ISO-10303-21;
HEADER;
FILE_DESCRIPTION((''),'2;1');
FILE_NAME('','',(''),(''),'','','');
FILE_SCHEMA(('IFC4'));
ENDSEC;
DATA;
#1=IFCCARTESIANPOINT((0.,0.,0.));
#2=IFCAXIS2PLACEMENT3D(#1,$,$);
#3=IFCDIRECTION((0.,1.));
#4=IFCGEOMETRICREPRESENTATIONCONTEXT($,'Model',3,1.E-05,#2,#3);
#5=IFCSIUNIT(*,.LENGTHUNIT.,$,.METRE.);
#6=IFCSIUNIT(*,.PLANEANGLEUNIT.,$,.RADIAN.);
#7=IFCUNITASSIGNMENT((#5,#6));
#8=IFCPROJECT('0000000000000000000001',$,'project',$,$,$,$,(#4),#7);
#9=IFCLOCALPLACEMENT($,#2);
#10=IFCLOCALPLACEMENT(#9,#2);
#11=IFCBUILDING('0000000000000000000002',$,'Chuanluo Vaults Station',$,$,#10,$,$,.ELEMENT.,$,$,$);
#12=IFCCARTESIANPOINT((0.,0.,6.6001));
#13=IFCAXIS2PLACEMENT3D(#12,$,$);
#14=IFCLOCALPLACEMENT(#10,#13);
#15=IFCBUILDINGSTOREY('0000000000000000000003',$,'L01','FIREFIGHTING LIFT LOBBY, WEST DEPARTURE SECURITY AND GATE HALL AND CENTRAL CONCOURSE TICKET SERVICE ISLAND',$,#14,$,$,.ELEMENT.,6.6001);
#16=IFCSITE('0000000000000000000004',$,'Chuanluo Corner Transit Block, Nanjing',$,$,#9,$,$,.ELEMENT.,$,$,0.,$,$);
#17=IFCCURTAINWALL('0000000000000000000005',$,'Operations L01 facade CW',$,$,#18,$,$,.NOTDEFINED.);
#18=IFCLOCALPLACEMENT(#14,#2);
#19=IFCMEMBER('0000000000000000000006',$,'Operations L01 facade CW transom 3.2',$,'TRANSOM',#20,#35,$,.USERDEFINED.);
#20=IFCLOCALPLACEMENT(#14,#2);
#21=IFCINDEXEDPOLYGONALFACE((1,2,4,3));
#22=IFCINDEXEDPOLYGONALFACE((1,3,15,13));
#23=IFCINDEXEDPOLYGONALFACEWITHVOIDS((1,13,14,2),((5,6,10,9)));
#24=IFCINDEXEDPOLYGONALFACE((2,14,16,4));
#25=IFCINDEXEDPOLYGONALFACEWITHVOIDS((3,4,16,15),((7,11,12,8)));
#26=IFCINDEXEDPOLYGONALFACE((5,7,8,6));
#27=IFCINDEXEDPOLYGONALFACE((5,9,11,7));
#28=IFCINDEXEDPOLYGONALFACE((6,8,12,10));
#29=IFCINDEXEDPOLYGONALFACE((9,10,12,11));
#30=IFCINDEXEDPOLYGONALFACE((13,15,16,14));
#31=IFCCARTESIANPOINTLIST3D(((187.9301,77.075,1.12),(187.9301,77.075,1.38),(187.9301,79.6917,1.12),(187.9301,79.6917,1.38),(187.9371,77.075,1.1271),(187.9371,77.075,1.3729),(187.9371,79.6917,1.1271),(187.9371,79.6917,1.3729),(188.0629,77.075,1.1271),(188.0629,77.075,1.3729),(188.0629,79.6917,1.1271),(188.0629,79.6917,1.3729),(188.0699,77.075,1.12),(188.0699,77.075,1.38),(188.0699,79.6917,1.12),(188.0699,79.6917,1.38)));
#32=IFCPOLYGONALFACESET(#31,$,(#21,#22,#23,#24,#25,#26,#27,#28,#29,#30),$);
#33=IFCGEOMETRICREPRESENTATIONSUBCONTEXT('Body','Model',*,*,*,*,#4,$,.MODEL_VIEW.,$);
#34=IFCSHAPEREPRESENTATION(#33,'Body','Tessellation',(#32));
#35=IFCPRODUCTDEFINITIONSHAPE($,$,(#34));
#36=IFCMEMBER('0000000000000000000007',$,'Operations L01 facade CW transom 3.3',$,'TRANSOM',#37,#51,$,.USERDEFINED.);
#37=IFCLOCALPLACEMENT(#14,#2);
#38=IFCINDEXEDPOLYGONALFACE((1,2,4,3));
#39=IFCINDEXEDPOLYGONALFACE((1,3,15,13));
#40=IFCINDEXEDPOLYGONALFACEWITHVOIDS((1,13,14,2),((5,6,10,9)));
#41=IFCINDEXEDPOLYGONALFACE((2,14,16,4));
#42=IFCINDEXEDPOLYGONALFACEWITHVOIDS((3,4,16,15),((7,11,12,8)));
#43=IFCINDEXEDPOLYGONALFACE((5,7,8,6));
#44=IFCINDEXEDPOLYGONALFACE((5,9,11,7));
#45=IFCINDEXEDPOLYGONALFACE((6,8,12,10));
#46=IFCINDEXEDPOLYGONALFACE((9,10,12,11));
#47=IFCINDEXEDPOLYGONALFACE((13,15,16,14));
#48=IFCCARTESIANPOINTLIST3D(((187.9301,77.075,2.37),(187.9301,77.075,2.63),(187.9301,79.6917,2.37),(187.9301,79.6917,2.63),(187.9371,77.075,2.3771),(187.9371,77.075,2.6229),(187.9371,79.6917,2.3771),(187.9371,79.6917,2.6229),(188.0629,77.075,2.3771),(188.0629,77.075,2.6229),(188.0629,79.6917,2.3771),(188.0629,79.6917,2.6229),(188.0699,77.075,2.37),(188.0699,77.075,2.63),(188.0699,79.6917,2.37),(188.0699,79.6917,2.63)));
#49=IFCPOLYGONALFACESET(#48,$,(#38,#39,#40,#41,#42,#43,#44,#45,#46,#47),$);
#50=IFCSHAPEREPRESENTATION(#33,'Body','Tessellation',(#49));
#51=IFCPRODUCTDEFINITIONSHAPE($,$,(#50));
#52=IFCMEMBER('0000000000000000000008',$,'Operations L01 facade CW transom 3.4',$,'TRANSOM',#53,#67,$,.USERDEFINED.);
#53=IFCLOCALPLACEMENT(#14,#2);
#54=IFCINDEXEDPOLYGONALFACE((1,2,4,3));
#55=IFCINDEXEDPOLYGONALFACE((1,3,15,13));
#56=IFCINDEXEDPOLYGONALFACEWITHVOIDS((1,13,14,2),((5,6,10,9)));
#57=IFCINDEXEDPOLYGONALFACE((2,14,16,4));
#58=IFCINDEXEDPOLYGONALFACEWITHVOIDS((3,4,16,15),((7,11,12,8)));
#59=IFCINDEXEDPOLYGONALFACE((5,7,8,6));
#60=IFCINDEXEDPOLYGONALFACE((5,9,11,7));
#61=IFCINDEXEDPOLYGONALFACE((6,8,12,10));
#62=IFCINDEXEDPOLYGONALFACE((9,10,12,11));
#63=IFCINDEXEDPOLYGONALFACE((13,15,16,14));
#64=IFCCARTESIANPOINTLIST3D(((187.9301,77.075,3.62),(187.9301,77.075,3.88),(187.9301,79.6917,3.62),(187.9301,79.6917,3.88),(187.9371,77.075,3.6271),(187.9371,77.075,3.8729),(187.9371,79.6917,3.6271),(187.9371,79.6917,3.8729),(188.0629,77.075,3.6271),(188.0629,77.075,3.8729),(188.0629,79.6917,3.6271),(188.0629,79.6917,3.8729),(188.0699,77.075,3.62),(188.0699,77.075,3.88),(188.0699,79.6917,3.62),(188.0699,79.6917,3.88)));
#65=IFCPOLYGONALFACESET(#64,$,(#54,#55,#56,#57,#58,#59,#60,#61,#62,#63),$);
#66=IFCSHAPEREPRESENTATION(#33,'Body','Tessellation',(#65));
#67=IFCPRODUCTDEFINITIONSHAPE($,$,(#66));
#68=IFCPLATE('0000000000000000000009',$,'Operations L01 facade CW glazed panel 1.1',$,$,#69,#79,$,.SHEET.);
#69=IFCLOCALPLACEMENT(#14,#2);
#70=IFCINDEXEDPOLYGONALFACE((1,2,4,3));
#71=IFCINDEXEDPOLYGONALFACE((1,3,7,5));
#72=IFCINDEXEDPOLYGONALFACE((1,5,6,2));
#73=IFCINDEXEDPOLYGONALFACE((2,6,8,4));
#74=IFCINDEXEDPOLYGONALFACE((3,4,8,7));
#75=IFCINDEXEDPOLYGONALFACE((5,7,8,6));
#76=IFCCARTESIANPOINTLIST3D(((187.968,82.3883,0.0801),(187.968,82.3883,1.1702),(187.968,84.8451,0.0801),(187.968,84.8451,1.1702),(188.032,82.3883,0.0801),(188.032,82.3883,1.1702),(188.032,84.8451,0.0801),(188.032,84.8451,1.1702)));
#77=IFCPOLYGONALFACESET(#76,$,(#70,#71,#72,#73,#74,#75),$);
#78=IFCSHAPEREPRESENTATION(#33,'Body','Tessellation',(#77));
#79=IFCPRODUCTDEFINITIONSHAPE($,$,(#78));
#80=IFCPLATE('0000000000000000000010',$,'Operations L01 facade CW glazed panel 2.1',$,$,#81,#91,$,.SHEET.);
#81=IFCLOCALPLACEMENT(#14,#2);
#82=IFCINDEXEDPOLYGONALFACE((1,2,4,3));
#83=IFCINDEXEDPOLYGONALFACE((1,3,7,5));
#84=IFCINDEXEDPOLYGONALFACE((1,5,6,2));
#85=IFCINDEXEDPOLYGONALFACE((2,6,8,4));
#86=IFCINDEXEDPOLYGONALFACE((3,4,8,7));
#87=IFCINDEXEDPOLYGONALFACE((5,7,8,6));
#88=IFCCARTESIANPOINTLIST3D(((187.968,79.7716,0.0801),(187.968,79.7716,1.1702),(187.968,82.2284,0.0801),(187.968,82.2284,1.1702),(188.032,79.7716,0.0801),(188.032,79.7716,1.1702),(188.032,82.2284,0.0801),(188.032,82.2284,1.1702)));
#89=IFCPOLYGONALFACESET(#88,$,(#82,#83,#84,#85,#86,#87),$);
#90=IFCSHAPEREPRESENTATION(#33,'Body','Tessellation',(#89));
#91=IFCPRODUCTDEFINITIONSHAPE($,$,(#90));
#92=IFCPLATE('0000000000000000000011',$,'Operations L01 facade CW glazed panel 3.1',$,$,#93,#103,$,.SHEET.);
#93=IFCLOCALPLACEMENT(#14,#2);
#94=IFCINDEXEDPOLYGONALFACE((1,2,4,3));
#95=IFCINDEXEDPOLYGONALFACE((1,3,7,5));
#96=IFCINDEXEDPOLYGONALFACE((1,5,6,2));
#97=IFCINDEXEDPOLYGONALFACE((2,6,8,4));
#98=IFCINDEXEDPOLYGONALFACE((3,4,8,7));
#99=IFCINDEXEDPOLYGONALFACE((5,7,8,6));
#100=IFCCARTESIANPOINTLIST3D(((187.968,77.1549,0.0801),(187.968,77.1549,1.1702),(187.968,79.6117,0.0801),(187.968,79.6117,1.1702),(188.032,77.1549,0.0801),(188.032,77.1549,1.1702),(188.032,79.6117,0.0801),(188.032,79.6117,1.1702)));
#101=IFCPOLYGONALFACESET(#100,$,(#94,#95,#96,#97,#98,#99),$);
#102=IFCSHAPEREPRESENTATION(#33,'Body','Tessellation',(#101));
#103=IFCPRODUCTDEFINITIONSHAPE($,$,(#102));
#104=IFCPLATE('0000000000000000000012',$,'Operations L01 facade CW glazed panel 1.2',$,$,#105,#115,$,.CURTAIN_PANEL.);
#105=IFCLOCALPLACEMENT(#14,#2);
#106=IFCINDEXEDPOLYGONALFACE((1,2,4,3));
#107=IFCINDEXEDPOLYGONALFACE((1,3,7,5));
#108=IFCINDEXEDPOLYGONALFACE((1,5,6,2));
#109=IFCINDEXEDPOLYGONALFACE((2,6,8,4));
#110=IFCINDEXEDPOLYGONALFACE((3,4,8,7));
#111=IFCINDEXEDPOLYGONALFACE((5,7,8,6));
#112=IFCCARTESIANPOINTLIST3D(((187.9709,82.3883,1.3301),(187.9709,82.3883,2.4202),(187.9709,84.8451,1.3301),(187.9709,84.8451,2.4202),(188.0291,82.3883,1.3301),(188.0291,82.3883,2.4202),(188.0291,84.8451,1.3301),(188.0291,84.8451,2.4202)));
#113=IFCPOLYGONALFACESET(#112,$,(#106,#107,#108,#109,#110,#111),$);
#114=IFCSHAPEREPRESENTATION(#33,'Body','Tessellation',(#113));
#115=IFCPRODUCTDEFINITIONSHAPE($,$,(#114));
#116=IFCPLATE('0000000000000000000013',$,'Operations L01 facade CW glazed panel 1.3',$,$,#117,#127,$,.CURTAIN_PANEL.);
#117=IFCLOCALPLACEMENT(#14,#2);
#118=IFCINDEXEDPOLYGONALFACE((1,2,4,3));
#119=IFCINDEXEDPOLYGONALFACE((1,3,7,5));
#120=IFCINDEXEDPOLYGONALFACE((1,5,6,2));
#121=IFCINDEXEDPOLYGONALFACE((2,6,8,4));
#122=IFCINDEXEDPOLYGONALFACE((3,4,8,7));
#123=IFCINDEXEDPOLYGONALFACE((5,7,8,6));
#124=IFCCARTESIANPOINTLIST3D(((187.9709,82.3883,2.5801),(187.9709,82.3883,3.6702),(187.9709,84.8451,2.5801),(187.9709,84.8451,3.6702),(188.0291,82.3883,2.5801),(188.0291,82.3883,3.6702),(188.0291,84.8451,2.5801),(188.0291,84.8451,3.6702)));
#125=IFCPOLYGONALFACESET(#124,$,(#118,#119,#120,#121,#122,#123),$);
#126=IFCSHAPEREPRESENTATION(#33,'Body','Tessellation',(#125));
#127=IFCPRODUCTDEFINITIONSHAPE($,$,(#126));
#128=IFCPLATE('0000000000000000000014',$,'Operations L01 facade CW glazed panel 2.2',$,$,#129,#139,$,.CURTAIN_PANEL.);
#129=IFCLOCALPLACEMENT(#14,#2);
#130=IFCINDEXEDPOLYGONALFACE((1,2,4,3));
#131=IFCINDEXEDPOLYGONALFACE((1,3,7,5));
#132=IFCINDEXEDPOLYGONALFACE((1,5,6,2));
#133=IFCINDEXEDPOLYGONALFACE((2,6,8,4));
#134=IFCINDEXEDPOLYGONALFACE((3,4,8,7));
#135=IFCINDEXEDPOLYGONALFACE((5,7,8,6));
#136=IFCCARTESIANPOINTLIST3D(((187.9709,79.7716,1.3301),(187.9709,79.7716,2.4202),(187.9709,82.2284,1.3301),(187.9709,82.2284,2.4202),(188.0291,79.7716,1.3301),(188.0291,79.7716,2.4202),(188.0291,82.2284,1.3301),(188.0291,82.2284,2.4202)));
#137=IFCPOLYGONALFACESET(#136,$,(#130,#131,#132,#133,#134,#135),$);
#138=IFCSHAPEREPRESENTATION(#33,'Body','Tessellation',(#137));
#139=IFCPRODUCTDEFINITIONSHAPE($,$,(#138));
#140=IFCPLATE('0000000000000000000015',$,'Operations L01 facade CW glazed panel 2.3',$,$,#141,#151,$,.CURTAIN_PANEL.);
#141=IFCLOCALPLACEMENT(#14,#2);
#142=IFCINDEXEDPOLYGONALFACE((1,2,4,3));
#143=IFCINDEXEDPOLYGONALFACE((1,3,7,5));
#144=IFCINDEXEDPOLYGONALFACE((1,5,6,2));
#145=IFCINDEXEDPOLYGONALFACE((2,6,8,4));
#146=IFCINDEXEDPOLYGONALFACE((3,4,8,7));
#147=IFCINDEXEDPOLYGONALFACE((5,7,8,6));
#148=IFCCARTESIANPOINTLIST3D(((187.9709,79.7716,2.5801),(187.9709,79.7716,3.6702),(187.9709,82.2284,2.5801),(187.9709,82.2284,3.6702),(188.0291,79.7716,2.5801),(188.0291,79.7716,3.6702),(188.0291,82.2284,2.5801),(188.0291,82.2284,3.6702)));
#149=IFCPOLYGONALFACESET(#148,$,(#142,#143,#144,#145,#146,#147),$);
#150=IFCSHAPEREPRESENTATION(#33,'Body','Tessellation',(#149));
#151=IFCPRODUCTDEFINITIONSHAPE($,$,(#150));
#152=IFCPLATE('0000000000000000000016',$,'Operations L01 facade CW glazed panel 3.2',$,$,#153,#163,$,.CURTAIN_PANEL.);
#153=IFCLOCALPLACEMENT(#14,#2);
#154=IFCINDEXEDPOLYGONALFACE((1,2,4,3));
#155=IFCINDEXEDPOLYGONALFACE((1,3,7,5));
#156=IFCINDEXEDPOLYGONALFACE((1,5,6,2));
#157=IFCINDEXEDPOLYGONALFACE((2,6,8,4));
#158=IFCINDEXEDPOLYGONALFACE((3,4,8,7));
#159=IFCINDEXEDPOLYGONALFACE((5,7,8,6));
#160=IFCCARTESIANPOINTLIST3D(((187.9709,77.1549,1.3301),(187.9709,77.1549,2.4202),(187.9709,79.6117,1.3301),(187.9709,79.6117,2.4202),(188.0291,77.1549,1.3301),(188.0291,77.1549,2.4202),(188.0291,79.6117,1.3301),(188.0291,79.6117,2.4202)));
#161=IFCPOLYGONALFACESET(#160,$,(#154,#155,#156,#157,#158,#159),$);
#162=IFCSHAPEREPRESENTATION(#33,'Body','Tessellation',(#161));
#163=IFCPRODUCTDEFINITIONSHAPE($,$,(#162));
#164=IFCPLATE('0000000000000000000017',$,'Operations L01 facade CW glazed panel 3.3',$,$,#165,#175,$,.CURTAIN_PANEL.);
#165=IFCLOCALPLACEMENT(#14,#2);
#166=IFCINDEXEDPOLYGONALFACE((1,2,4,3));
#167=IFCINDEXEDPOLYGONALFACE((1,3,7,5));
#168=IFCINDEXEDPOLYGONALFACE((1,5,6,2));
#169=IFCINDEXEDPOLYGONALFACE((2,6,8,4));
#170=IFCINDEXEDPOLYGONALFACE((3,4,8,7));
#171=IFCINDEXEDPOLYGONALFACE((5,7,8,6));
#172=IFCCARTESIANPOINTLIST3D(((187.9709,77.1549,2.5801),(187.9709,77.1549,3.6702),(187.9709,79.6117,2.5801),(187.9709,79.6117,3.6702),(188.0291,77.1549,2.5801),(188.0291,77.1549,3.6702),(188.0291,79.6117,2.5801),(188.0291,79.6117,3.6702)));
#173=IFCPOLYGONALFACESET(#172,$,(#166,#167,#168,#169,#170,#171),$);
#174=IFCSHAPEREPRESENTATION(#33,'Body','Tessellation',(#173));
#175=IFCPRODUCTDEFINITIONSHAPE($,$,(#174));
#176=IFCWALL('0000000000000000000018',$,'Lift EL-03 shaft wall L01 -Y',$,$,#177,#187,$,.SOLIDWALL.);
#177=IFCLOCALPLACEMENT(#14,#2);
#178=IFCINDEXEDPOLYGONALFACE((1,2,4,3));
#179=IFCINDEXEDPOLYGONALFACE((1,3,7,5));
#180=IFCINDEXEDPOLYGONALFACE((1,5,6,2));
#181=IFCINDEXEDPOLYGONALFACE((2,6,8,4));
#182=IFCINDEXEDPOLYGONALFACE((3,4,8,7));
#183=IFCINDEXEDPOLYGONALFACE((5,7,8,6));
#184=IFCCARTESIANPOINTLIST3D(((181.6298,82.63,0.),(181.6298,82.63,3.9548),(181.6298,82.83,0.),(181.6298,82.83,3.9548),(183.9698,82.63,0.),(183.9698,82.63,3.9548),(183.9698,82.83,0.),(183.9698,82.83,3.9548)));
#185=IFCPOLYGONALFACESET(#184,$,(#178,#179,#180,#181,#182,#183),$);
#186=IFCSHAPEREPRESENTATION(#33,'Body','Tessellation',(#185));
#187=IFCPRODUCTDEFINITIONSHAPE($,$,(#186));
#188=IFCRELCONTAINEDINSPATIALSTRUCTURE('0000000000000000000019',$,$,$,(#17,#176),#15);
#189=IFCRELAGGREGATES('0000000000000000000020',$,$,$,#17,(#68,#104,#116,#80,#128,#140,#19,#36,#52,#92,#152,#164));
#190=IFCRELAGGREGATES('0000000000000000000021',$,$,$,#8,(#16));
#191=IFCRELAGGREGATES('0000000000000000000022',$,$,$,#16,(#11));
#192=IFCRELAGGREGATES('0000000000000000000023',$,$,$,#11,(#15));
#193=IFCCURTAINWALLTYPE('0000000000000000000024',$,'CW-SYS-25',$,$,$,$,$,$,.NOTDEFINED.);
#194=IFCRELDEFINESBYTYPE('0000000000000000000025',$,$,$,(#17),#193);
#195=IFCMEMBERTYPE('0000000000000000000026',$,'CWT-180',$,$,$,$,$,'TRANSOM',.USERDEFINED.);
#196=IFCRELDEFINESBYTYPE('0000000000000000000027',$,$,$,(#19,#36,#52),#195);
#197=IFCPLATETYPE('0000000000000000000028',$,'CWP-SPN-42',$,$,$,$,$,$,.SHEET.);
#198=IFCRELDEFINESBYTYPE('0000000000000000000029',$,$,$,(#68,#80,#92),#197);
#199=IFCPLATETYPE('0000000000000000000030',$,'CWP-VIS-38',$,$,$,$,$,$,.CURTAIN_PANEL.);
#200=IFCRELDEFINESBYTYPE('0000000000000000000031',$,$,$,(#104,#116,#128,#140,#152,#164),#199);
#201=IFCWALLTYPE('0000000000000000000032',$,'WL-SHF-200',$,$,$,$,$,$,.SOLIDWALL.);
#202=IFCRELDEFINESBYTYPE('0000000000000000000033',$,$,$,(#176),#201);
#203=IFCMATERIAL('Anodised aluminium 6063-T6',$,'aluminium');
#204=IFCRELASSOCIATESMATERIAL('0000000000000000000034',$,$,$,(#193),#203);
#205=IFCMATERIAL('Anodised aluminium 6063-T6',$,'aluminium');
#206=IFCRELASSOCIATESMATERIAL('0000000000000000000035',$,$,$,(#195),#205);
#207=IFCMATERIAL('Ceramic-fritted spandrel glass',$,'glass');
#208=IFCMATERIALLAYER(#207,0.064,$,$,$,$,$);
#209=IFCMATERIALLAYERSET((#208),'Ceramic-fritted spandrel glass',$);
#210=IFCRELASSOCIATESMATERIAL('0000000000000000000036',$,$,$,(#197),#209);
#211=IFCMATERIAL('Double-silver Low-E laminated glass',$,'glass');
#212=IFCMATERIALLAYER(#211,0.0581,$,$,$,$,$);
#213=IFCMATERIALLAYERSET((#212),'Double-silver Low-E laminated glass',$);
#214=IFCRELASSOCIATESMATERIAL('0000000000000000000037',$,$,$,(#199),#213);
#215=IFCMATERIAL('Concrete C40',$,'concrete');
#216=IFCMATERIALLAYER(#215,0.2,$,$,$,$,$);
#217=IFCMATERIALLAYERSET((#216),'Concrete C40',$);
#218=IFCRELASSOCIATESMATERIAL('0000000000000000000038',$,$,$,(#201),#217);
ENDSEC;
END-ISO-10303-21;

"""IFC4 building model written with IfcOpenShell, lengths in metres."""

from ifc_helpers import new_model, si_unit, direction, frame, frame_2d, origin, origin_2d, place, context, subcontext, project, spatial, rectangle, hollow_rectangle, extrude, material, layer, layer_set, material_profile, profile_set, type_object, element, aggregate, save


model = new_model("IFC4")

# Units and contexts
model_context = context("Model", 3, precision=1e-05, world=origin(), true_north=direction((0.0, 1.0)))
body_context = subcontext(model_context, "Body", "Model", "MODEL_VIEW")
ifc_project = project(units=[si_unit("LENGTHUNIT", "METRE"), si_unit("PLANEANGLEUNIT", "RADIAN")], contexts=[model_context])

# Site, building, storey
site_placement = place(None, origin())
site = spatial("IfcSite", under=ifc_project, at=site_placement, Name="Chuanluo Corner Transit Block, Nanjing", CompositionType="ELEMENT", RefElevation=0.0)
building_placement = place(site_placement, origin())
building = spatial("IfcBuilding", under=site, at=building_placement, Name="Chuanluo Vaults Station", CompositionType="ELEMENT")
storey_placement = place(building_placement, frame((0.0, 0.0, 6.6001)))
storey = spatial("IfcBuildingStorey", under=building, at=storey_placement, Name="L01", Description="FIREFIGHTING LIFT LOBBY, WEST DEPARTURE SECURITY AND GATE HALL AND CENTRAL CONCOURSE TICKET SERVICE ISLAND", CompositionType="ELEMENT", Elevation=6.6001)

# Curtain wall, members, plates
ifc_material_1 = material(Name="Anodised aluminium 6063-T6", Category="aluminium")
curtain_wall_type = type_object("IfcCurtainWallType", Name="CW-SYS-25", PredefinedType="NOTDEFINED", material=ifc_material_1)
curtain_wall_placement = place(storey_placement, origin())
curtain_wall = element("IfcCurtainWall", 1, at=curtain_wall_placement, inside=storey, type_object=curtain_wall_type, Name="Operations L01 facade CW", PredefinedType="NOTDEFINED")
ifc_material_2 = material(Name="Anodised aluminium 6063-T6", Category="aluminium")
ifc_material_profile_1 = material_profile(ifc_material_2, hollow_rectangle(XDim=0.1399, YDim=0.26, WallThickness=0.0071, at=origin_2d()))
ifc_profile_set_1 = profile_set([ifc_material_profile_1], Name="Anodised aluminium 6063-T6")
member_type_1 = type_object("IfcMemberType", Name="CWT-180", ElementType="TRANSOM", PredefinedType="USERDEFINED", material=ifc_profile_set_1)
member_1_placement = place(storey_placement, frame((188.0, 79.6917, 1.25), z_axis=(0.0, -1.0, 0.0), x_axis=(1.0, 0.0, 0.0)))
member_1 = element("IfcMember", 2, at=member_1_placement, type_object=member_type_1, Name="Operations L01 facade CW transom 3.2", ObjectType="TRANSOM", PredefinedType="USERDEFINED", context=body_context, shape_type="SweptSolid", body=[
    extrude(hollow_rectangle(XDim=0.1399, YDim=0.26, WallThickness=0.0071, at=origin_2d()), origin(), (0.0, 0.0, 1.0), 2.6167),
])
member_2_placement = place(storey_placement, frame((188.0, 79.6917, 2.5), z_axis=(0.0, -1.0, 0.0), x_axis=(1.0, 0.0, 0.0)))
member_2 = element("IfcMember", 3, at=member_2_placement, type_object=member_type_1, Name="Operations L01 facade CW transom 3.3", ObjectType="TRANSOM", PredefinedType="USERDEFINED", context=body_context, shape_type="SweptSolid", body=[
    extrude(hollow_rectangle(XDim=0.1399, YDim=0.26, WallThickness=0.0071, at=origin_2d()), origin(), (0.0, 0.0, 1.0), 2.6167),
])
member_3_placement = place(storey_placement, frame((188.0, 79.6917, 3.75), z_axis=(0.0, -1.0, 0.0), x_axis=(1.0, 0.0, 0.0)))
member_3 = element("IfcMember", 4, at=member_3_placement, type_object=member_type_1, Name="Operations L01 facade CW transom 3.4", ObjectType="TRANSOM", PredefinedType="USERDEFINED", context=body_context, shape_type="SweptSolid", body=[
    extrude(hollow_rectangle(XDim=0.1399, YDim=0.26, WallThickness=0.0071, at=origin_2d()), origin(), (0.0, 0.0, 1.0), 2.6167),
])
ifc_material_3 = material(Name="Ceramic-fritted spandrel glass", Category="glass")
ifc_layer_1 = layer(ifc_material_3, 0.064)
ifc_layer_set_1 = layer_set([ifc_layer_1], Name="Ceramic-fritted spandrel glass")
plate_type_1 = type_object("IfcPlateType", Name="CWP-SPN-42", PredefinedType="SHEET", material=ifc_layer_set_1)
plate_1_placement = place(storey_placement, frame((188.0, 83.6167, 0.0801), z_axis=(0.0, 0.0, 1.0), x_axis=(0.0, -1.0, 0.0)))
plate_1 = element("IfcPlate", 5, at=plate_1_placement, type_object=plate_type_1, Name="Operations L01 facade CW glazed panel 1.1", PredefinedType="SHEET", context=body_context, shape_type="SweptSolid", body=[
    extrude(rectangle(XDim=2.4568, YDim=0.064, at=origin_2d()), origin(), (0.0, 0.0, 1.0), 1.0901),
])
plate_2_placement = place(storey_placement, frame((188.0, 81.0, 0.0801), z_axis=(0.0, 0.0, 1.0), x_axis=(0.0, -1.0, 0.0)))
plate_2 = element("IfcPlate", 6, at=plate_2_placement, type_object=plate_type_1, Name="Operations L01 facade CW glazed panel 2.1", PredefinedType="SHEET", context=body_context, shape_type="SweptSolid", body=[
    extrude(rectangle(XDim=2.4568, YDim=0.064, at=origin_2d()), origin(), (0.0, 0.0, 1.0), 1.0901),
])
plate_3_placement = place(storey_placement, frame((188.0, 78.3833, 0.0801), z_axis=(0.0, 0.0, 1.0), x_axis=(0.0, -1.0, 0.0)))
plate_3 = element("IfcPlate", 7, at=plate_3_placement, type_object=plate_type_1, Name="Operations L01 facade CW glazed panel 3.1", PredefinedType="SHEET", context=body_context, shape_type="SweptSolid", body=[
    extrude(rectangle(XDim=2.4568, YDim=0.064, at=origin_2d()), origin(), (0.0, 0.0, 1.0), 1.0901),
])
ifc_material_4 = material(Name="Double-silver Low-E laminated glass", Category="glass")
ifc_layer_2 = layer(ifc_material_4, 0.0581)
ifc_layer_set_2 = layer_set([ifc_layer_2], Name="Double-silver Low-E laminated glass")
plate_type_2 = type_object("IfcPlateType", Name="CWP-VIS-38", PredefinedType="CURTAIN_PANEL", material=ifc_layer_set_2)
plate_4_placement = place(storey_placement, frame((188.0, 83.6167, 1.3301), z_axis=(0.0, 0.0, 1.0), x_axis=(0.0, -1.0, 0.0)))
plate_4 = element("IfcPlate", 8, at=plate_4_placement, type_object=plate_type_2, Name="Operations L01 facade CW glazed panel 1.2", PredefinedType="CURTAIN_PANEL", context=body_context, shape_type="SweptSolid", body=[
    extrude(rectangle(XDim=2.4568, YDim=0.0581, at=origin_2d()), origin(), (0.0, 0.0, 1.0), 1.0901),
])
plate_5_placement = place(storey_placement, frame((188.0, 83.6167, 2.5801), z_axis=(0.0, 0.0, 1.0), x_axis=(0.0, -1.0, 0.0)))
plate_5 = element("IfcPlate", 9, at=plate_5_placement, type_object=plate_type_2, Name="Operations L01 facade CW glazed panel 1.3", PredefinedType="CURTAIN_PANEL", context=body_context, shape_type="SweptSolid", body=[
    extrude(rectangle(XDim=2.4568, YDim=0.0581, at=origin_2d()), origin(), (0.0, 0.0, 1.0), 1.0901),
])
plate_6_placement = place(storey_placement, frame((188.0, 81.0, 1.3301), z_axis=(0.0, 0.0, 1.0), x_axis=(0.0, -1.0, 0.0)))
plate_6 = element("IfcPlate", 10, at=plate_6_placement, type_object=plate_type_2, Name="Operations L01 facade CW glazed panel 2.2", PredefinedType="CURTAIN_PANEL", context=body_context, shape_type="SweptSolid", body=[
    extrude(rectangle(XDim=2.4568, YDim=0.0581, at=origin_2d()), origin(), (0.0, 0.0, 1.0), 1.0901),
])
plate_7_placement = place(storey_placement, frame((188.0, 81.0, 2.5801), z_axis=(0.0, 0.0, 1.0), x_axis=(0.0, -1.0, 0.0)))
plate_7 = element("IfcPlate", 11, at=plate_7_placement, type_object=plate_type_2, Name="Operations L01 facade CW glazed panel 2.3", PredefinedType="CURTAIN_PANEL", context=body_context, shape_type="SweptSolid", body=[
    extrude(rectangle(XDim=2.4568, YDim=0.0581, at=origin_2d()), origin(), (0.0, 0.0, 1.0), 1.0901),
])
plate_8_placement = place(storey_placement, frame((188.0, 78.3833, 1.3301), z_axis=(0.0, 0.0, 1.0), x_axis=(0.0, -1.0, 0.0)))
plate_8 = element("IfcPlate", 12, at=plate_8_placement, type_object=plate_type_2, Name="Operations L01 facade CW glazed panel 3.2", PredefinedType="CURTAIN_PANEL", context=body_context, shape_type="SweptSolid", body=[
    extrude(rectangle(XDim=2.4568, YDim=0.0581, at=origin_2d()), origin(), (0.0, 0.0, 1.0), 1.0901),
])
plate_9_placement = place(storey_placement, frame((188.0, 78.3833, 2.5801), z_axis=(0.0, 0.0, 1.0), x_axis=(0.0, -1.0, 0.0)))
plate_9 = element("IfcPlate", 13, at=plate_9_placement, type_object=plate_type_2, Name="Operations L01 facade CW glazed panel 3.3", PredefinedType="CURTAIN_PANEL", context=body_context, shape_type="SweptSolid", body=[
    extrude(rectangle(XDim=2.4568, YDim=0.0581, at=origin_2d()), origin(), (0.0, 0.0, 1.0), 1.0901),
])
aggregate(curtain_wall, [plate_1, plate_4, plate_5, plate_2, plate_6, plate_7, member_1, member_2, member_3, plate_3, plate_8, plate_9])

# Wall
ifc_material_5 = material(Name="Concrete C40", Category="concrete")
ifc_layer_3 = layer(ifc_material_5, 0.2)
ifc_layer_set_3 = layer_set([ifc_layer_3], Name="Concrete C40")
wall_type = type_object("IfcWallType", Name="WL-SHF-200", PredefinedType="SOLIDWALL", material=ifc_layer_set_3)
wall_1_placement = place(storey_placement, frame((181.6299, 82.73, 0.0), z_axis=(0.0, 0.0, 1.0), x_axis=(1.0, 0.0, 0.0)))
element("IfcWall", 14, at=wall_1_placement, inside=storey, type_object=wall_type, Name="Lift EL-03 shaft wall L01 -Y", PredefinedType="SOLIDWALL", context=body_context, shape_type="SweptSolid", body=[
    extrude(rectangle(XDim=2.3401, YDim=0.2, at=frame_2d((1.1699, 0.0))), origin(), (0.0, 0.0, 1.0), 3.9548),
])

save(model, "model.ifc")
